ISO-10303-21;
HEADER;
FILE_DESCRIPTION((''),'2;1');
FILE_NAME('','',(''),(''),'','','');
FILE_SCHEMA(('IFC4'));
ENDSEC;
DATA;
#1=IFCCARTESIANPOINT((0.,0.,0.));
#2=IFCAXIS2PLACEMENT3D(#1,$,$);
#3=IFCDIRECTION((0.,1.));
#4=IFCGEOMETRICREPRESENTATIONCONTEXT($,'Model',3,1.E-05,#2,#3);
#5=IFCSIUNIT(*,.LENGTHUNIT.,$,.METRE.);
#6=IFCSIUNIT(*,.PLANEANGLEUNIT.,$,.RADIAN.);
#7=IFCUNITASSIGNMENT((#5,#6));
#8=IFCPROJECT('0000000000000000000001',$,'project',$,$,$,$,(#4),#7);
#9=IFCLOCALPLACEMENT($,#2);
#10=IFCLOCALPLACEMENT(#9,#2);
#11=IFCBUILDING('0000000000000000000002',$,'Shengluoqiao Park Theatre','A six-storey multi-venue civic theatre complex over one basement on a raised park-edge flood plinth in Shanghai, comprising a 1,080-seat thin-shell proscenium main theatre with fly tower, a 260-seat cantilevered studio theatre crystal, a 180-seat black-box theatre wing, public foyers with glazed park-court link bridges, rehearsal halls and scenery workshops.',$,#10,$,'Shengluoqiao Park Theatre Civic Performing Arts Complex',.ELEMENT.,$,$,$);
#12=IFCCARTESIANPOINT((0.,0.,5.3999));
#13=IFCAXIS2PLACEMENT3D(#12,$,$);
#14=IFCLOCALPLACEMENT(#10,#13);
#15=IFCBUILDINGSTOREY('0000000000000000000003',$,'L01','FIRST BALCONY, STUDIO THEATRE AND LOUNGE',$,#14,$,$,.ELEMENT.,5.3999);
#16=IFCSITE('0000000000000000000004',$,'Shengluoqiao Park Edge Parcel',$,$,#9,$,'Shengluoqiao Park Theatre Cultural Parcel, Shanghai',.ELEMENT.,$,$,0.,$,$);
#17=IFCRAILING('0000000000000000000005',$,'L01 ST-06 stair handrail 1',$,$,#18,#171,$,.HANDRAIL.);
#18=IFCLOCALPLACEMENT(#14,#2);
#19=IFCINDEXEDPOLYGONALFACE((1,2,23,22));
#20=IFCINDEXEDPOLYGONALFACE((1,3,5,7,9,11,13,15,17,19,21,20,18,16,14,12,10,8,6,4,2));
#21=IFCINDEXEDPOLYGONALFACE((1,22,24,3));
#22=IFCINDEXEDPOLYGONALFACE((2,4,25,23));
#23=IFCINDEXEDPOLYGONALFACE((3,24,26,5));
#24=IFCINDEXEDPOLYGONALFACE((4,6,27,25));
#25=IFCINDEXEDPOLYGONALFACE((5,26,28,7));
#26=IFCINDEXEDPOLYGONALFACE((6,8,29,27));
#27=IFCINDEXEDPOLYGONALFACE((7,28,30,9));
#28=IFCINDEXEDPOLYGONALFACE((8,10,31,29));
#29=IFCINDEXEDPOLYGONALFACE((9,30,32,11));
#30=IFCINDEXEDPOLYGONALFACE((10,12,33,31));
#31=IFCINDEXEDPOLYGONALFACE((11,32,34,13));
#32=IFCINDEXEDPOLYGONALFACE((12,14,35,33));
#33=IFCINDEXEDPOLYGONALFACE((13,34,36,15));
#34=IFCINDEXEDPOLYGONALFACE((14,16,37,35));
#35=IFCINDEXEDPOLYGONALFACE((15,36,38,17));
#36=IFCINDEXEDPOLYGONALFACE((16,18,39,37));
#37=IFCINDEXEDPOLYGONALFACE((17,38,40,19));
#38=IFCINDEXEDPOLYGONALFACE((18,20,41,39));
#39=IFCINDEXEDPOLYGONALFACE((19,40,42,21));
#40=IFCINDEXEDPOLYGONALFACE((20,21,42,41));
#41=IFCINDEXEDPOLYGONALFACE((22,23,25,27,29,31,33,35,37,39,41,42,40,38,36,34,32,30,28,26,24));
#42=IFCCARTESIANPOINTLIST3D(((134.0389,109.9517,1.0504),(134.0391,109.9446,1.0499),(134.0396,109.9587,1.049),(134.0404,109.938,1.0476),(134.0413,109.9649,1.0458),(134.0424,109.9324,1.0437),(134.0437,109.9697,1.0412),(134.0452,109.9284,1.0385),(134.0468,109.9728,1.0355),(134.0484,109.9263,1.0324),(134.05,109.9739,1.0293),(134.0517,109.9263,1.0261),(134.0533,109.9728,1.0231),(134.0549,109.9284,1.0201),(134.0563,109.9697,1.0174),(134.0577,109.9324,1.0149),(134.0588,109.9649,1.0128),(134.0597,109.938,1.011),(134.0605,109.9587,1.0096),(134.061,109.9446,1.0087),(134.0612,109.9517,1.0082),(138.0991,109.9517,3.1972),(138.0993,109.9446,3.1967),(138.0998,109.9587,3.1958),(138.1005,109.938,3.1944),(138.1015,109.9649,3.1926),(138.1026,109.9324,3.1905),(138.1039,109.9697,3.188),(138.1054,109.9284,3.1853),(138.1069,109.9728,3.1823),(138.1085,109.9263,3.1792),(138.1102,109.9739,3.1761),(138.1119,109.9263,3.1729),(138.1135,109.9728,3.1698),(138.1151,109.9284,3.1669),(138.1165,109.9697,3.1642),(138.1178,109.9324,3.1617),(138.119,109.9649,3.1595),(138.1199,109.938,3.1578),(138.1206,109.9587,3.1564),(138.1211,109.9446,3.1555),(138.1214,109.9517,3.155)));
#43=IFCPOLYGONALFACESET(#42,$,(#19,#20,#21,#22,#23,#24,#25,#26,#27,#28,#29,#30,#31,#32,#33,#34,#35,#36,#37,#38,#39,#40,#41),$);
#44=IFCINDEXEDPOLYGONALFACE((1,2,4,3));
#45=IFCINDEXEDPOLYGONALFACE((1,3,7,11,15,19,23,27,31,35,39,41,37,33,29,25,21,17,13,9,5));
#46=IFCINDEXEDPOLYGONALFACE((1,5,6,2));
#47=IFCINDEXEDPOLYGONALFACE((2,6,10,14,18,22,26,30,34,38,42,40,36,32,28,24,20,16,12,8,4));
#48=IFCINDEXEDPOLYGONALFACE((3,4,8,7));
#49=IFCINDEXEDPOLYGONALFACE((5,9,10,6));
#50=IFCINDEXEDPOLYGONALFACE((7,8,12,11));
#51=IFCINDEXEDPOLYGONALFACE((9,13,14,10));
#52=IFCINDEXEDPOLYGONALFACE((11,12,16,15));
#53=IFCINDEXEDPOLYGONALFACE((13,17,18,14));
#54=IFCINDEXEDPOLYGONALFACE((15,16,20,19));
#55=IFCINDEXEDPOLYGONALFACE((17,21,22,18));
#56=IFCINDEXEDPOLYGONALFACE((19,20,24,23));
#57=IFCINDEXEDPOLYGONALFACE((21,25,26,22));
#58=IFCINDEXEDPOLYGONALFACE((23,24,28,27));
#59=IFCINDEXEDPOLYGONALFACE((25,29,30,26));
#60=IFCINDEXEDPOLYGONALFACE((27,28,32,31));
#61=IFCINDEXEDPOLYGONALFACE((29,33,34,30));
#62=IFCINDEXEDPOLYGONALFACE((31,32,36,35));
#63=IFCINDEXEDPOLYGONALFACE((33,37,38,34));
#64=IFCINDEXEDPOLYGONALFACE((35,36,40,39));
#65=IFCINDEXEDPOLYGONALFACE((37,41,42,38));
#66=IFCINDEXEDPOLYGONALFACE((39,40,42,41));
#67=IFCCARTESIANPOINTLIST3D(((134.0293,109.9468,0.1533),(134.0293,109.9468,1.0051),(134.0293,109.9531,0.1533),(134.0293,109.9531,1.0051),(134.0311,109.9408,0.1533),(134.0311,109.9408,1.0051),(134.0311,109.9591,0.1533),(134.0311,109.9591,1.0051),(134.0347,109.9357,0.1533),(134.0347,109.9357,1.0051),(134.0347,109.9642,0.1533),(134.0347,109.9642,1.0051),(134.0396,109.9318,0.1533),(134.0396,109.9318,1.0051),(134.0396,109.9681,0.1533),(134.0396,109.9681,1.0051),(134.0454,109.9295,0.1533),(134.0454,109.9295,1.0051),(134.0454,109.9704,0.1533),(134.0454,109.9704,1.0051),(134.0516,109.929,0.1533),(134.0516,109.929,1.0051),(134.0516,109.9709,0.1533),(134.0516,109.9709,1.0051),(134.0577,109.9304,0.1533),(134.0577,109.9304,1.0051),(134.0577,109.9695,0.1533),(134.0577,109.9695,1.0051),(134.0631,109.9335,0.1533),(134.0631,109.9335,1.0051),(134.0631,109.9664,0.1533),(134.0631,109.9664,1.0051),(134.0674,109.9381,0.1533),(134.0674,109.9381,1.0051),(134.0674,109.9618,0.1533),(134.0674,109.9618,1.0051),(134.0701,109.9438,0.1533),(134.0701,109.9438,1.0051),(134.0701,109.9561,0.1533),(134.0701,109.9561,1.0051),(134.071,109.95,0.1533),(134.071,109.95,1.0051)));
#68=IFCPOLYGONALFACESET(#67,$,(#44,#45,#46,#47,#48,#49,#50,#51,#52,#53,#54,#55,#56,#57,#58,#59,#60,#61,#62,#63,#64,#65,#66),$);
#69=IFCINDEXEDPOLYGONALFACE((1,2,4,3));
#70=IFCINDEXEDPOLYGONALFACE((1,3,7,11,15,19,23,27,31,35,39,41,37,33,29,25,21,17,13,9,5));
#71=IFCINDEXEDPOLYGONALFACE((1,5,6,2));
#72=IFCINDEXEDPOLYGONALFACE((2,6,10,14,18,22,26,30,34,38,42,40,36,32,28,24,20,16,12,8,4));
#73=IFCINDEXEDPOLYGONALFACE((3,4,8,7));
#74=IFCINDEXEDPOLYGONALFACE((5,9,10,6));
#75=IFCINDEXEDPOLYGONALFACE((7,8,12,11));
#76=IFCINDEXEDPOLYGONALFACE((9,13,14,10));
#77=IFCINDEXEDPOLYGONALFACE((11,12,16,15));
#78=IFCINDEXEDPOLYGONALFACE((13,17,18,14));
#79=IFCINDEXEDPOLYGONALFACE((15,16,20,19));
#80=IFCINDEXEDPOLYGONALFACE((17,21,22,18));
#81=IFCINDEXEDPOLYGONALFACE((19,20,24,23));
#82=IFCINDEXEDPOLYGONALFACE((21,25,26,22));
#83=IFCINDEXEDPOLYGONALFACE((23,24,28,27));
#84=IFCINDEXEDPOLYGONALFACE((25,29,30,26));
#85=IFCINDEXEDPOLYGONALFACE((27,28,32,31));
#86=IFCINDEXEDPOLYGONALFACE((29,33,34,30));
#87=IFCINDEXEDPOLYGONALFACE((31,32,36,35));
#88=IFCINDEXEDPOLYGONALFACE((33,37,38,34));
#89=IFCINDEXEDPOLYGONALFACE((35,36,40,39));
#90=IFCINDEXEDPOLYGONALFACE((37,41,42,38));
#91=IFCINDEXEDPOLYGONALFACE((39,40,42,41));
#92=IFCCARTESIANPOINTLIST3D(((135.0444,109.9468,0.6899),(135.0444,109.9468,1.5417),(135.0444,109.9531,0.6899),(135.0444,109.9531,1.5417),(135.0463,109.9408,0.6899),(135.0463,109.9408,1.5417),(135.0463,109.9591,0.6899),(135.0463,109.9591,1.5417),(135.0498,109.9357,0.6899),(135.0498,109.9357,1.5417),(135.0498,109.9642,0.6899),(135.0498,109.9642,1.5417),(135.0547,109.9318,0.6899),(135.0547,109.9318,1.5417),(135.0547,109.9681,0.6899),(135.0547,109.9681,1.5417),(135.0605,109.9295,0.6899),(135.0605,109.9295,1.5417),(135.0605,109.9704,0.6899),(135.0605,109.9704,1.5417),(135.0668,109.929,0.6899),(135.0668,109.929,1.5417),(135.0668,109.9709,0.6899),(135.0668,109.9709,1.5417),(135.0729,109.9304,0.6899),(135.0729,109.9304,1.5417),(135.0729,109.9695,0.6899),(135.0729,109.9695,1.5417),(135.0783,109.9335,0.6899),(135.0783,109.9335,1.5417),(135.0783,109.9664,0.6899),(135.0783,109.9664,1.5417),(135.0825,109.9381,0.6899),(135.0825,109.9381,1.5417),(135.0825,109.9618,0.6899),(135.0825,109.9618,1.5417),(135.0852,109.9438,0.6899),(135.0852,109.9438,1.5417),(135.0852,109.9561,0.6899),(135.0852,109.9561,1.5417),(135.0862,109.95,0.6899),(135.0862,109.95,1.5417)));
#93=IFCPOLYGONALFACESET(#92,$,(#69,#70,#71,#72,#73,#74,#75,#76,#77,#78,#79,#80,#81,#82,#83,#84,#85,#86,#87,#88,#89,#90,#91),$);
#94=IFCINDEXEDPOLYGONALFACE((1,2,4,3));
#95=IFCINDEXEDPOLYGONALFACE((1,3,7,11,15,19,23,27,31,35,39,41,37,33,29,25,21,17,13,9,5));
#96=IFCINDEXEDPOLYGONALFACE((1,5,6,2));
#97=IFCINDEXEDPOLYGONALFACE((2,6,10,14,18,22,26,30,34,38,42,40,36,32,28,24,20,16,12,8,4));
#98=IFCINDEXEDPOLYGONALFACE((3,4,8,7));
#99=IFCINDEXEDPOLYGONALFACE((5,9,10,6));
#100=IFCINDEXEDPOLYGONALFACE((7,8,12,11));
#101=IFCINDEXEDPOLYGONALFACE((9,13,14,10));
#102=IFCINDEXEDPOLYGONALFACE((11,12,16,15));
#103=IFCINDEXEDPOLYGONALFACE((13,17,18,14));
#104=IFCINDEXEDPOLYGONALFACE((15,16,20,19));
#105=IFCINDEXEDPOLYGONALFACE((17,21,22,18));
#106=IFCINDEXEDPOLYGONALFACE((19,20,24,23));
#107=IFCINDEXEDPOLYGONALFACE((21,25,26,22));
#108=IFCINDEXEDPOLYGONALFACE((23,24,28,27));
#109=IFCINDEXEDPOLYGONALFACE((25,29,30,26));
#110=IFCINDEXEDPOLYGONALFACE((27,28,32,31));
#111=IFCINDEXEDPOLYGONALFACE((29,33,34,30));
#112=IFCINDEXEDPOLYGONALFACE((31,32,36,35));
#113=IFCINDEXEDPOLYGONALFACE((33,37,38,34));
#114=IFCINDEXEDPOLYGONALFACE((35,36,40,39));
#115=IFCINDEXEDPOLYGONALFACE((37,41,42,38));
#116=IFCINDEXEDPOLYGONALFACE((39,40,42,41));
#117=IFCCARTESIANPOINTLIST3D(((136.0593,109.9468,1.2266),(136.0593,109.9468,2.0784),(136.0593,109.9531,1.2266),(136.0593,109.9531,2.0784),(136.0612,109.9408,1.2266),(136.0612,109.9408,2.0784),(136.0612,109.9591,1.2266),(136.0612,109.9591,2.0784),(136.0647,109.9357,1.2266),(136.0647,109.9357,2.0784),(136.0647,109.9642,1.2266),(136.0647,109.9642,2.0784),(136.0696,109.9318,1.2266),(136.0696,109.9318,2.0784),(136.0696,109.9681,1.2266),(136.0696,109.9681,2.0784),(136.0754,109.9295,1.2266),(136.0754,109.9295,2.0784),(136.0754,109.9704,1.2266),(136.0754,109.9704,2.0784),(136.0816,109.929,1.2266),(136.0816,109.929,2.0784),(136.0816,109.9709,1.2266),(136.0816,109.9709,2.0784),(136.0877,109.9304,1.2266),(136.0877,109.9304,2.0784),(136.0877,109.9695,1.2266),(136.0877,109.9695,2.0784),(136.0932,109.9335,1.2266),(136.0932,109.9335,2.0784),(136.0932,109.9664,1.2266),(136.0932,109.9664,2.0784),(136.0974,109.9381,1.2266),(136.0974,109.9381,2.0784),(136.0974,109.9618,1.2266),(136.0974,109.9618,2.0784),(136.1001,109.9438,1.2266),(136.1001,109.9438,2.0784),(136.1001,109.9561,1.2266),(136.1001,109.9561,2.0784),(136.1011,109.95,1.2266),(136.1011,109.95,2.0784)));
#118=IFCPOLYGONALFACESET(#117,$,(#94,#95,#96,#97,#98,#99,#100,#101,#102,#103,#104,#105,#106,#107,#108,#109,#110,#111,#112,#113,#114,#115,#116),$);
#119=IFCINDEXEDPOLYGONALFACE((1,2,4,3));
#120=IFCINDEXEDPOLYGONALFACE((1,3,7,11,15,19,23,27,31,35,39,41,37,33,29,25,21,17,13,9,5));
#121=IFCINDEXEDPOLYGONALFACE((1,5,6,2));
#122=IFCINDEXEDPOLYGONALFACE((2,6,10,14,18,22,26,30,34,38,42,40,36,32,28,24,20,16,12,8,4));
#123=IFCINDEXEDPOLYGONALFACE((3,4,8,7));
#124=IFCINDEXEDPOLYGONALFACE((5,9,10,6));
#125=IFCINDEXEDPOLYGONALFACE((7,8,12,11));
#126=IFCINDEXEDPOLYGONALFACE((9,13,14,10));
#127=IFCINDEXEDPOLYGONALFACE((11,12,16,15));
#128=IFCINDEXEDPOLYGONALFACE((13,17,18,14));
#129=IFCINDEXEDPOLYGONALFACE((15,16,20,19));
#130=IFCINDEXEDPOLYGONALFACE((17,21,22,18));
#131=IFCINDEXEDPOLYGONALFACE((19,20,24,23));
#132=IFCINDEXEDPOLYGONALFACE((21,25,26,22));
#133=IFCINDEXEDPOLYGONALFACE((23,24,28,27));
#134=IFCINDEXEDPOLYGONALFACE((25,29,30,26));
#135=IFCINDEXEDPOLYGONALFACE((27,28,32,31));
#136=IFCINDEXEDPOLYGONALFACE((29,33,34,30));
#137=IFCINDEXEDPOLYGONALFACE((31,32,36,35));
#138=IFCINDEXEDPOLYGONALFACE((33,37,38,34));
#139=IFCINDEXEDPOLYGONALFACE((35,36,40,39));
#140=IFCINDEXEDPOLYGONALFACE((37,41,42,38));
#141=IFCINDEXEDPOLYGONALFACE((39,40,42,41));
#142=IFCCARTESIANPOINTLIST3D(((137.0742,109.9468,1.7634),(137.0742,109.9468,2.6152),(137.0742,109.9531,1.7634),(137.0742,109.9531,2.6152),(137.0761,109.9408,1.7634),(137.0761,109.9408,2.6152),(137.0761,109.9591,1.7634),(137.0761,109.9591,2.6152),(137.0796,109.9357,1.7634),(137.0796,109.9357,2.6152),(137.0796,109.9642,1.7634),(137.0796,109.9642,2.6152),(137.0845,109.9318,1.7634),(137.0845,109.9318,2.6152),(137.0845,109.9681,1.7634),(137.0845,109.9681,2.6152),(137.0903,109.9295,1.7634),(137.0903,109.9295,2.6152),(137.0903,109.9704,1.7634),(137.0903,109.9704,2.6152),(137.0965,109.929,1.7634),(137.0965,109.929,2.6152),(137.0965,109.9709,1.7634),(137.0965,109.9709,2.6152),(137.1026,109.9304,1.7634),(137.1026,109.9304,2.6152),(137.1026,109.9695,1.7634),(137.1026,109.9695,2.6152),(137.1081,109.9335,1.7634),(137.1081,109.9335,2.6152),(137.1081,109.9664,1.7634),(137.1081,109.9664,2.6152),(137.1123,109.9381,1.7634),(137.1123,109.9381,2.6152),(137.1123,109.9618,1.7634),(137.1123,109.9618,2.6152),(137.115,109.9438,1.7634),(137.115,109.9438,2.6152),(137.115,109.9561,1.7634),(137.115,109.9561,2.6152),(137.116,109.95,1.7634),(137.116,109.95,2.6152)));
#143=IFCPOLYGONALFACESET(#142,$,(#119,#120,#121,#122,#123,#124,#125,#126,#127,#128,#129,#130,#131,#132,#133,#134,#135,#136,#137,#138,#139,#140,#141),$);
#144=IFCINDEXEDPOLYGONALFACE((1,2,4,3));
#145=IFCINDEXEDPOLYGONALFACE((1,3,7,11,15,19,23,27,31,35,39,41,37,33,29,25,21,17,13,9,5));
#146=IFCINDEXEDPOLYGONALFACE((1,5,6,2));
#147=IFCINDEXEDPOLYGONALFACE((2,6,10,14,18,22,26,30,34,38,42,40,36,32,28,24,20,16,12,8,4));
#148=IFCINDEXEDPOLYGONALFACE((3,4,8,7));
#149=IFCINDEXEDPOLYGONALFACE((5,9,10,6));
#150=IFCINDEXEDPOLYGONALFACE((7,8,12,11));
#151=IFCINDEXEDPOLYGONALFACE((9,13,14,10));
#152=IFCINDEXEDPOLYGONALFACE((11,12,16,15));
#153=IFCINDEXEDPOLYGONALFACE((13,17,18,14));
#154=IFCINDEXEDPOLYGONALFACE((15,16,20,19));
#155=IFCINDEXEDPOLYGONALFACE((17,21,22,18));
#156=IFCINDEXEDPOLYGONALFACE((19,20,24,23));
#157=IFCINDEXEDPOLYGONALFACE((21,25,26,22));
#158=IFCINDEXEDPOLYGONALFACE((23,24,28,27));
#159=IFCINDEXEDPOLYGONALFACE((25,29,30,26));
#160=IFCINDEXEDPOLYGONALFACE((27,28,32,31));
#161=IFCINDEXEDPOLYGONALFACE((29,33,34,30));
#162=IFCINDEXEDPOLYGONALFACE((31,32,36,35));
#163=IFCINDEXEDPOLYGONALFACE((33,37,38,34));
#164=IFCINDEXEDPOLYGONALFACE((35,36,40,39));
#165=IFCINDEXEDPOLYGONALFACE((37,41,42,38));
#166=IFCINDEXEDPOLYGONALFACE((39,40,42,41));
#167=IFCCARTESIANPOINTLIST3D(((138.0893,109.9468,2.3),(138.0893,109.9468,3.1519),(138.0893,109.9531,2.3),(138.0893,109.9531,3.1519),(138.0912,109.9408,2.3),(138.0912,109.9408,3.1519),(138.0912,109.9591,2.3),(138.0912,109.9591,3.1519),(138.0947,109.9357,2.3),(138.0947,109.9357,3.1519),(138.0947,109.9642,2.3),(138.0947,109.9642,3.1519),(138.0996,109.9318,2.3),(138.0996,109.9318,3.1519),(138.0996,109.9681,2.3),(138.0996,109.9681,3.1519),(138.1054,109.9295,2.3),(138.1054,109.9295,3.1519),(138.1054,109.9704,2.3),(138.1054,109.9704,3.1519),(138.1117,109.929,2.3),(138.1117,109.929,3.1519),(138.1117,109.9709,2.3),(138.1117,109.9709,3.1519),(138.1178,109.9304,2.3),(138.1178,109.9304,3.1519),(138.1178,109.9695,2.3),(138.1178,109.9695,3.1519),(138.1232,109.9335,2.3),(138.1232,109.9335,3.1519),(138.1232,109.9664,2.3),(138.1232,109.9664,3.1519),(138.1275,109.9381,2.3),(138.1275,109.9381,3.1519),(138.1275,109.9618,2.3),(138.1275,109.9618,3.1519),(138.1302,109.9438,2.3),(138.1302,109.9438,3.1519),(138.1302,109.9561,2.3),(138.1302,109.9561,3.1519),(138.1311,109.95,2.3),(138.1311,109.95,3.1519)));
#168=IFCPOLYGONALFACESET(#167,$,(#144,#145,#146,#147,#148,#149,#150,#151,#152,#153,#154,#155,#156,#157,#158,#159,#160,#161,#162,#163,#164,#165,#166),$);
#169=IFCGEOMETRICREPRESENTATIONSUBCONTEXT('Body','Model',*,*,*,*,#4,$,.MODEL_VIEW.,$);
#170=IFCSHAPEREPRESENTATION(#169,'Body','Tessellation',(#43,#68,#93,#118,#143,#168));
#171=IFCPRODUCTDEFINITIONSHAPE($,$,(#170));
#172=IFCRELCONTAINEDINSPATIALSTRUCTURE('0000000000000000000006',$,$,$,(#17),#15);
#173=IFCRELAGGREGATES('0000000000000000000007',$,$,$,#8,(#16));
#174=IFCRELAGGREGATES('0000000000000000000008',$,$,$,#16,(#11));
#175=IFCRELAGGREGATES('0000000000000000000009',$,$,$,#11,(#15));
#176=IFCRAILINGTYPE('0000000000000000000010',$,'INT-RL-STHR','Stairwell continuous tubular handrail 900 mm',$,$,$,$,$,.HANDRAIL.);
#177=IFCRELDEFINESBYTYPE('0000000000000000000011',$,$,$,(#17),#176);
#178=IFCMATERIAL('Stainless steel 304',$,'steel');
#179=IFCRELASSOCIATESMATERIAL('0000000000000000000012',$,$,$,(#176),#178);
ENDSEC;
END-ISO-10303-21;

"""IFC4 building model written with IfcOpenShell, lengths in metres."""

from ifc_helpers import new_model, si_unit, direction, frame, origin, origin_2d, place, context, subcontext, project, spatial, circle, extrude, material, type_object, element, save


model = new_model("IFC4")

# Units and contexts
model_context = context("Model", 3, precision=1e-05, world=origin(), true_north=direction((0.0, 1.0)))
body_context = subcontext(model_context, "Body", "Model", "MODEL_VIEW")
ifc_project = project(units=[si_unit("LENGTHUNIT", "METRE"), si_unit("PLANEANGLEUNIT", "RADIAN")], contexts=[model_context])

# Site, building, storey
site_placement = place(None, origin())
site = spatial("IfcSite", under=ifc_project, at=site_placement, Name="Shengluoqiao Park Edge Parcel", LongName="Shengluoqiao Park Theatre Cultural Parcel, Shanghai", CompositionType="ELEMENT", RefElevation=0.0)
building_placement = place(site_placement, origin())
building = spatial("IfcBuilding", under=site, at=building_placement, Name="Shengluoqiao Park Theatre", Description="A six-storey multi-venue civic theatre complex over one basement on a raised park-edge flood plinth in Shanghai, comprising a 1,080-seat thin-shell proscenium main theatre with fly tower, a 260-seat cantilevered studio theatre crystal, a 180-seat black-box theatre wing, public foyers with glazed park-court link bridges, rehearsal halls and scenery workshops.", LongName="Shengluoqiao Park Theatre Civic Performing Arts Complex", CompositionType="ELEMENT")
storey_placement = place(building_placement, frame((0.0, 0.0, 5.3999)))
storey = spatial("IfcBuildingStorey", under=building, at=storey_placement, Name="L01", Description="FIRST BALCONY, STUDIO THEATRE AND LOUNGE", CompositionType="ELEMENT", Elevation=5.3999)

# Railing
ifc_material_1 = material(Name="Stainless steel 304", Category="steel")
railing_type_1 = type_object("IfcRailingType", Name="INT-RL-STHR", Description="Stairwell continuous tubular handrail 900 mm", PredefinedType="HANDRAIL", material=ifc_material_1)
railing_1_placement = place(storey_placement, frame((134.05, 109.95, 0.1533)))
element("IfcRailing", 1, at=railing_1_placement, inside=storey, type_object=railing_type_1, Name="L01 ST-06 stair handrail 1", PredefinedType="HANDRAIL", context=body_context, shape_type="SweptSolid", body=[
    extrude(circle(Radius=0.0239, at=origin_2d()), frame((0.0, 0.0, 0.876), z_axis=(0.884032, 0.0, 0.467426), x_axis=(0.0, 1.0, 0.0)), (0.0, 0.0, 1.0), 4.5928),
    extrude(circle(Radius=0.021, at=origin_2d()), origin(), (0.0, 0.0, 1.0), 0.8518),
    extrude(circle(Radius=0.021, at=origin_2d()), frame((1.0151, 0.0, 0.5366)), (0.0, 0.0, 1.0), 0.8518),
    extrude(circle(Radius=0.021, at=origin_2d()), frame((2.03, 0.0, 1.0732)), (0.0, 0.0, 1.0), 0.8518),
    extrude(circle(Radius=0.021, at=origin_2d()), frame((3.0449, 0.0, 1.6101)), (0.0, 0.0, 1.0), 0.8518),
    extrude(circle(Radius=0.021, at=origin_2d()), frame((4.0601, 0.0, 2.1467)), (0.0, 0.0, 1.0), 0.8518),
])

save(model, "model.ifc")
